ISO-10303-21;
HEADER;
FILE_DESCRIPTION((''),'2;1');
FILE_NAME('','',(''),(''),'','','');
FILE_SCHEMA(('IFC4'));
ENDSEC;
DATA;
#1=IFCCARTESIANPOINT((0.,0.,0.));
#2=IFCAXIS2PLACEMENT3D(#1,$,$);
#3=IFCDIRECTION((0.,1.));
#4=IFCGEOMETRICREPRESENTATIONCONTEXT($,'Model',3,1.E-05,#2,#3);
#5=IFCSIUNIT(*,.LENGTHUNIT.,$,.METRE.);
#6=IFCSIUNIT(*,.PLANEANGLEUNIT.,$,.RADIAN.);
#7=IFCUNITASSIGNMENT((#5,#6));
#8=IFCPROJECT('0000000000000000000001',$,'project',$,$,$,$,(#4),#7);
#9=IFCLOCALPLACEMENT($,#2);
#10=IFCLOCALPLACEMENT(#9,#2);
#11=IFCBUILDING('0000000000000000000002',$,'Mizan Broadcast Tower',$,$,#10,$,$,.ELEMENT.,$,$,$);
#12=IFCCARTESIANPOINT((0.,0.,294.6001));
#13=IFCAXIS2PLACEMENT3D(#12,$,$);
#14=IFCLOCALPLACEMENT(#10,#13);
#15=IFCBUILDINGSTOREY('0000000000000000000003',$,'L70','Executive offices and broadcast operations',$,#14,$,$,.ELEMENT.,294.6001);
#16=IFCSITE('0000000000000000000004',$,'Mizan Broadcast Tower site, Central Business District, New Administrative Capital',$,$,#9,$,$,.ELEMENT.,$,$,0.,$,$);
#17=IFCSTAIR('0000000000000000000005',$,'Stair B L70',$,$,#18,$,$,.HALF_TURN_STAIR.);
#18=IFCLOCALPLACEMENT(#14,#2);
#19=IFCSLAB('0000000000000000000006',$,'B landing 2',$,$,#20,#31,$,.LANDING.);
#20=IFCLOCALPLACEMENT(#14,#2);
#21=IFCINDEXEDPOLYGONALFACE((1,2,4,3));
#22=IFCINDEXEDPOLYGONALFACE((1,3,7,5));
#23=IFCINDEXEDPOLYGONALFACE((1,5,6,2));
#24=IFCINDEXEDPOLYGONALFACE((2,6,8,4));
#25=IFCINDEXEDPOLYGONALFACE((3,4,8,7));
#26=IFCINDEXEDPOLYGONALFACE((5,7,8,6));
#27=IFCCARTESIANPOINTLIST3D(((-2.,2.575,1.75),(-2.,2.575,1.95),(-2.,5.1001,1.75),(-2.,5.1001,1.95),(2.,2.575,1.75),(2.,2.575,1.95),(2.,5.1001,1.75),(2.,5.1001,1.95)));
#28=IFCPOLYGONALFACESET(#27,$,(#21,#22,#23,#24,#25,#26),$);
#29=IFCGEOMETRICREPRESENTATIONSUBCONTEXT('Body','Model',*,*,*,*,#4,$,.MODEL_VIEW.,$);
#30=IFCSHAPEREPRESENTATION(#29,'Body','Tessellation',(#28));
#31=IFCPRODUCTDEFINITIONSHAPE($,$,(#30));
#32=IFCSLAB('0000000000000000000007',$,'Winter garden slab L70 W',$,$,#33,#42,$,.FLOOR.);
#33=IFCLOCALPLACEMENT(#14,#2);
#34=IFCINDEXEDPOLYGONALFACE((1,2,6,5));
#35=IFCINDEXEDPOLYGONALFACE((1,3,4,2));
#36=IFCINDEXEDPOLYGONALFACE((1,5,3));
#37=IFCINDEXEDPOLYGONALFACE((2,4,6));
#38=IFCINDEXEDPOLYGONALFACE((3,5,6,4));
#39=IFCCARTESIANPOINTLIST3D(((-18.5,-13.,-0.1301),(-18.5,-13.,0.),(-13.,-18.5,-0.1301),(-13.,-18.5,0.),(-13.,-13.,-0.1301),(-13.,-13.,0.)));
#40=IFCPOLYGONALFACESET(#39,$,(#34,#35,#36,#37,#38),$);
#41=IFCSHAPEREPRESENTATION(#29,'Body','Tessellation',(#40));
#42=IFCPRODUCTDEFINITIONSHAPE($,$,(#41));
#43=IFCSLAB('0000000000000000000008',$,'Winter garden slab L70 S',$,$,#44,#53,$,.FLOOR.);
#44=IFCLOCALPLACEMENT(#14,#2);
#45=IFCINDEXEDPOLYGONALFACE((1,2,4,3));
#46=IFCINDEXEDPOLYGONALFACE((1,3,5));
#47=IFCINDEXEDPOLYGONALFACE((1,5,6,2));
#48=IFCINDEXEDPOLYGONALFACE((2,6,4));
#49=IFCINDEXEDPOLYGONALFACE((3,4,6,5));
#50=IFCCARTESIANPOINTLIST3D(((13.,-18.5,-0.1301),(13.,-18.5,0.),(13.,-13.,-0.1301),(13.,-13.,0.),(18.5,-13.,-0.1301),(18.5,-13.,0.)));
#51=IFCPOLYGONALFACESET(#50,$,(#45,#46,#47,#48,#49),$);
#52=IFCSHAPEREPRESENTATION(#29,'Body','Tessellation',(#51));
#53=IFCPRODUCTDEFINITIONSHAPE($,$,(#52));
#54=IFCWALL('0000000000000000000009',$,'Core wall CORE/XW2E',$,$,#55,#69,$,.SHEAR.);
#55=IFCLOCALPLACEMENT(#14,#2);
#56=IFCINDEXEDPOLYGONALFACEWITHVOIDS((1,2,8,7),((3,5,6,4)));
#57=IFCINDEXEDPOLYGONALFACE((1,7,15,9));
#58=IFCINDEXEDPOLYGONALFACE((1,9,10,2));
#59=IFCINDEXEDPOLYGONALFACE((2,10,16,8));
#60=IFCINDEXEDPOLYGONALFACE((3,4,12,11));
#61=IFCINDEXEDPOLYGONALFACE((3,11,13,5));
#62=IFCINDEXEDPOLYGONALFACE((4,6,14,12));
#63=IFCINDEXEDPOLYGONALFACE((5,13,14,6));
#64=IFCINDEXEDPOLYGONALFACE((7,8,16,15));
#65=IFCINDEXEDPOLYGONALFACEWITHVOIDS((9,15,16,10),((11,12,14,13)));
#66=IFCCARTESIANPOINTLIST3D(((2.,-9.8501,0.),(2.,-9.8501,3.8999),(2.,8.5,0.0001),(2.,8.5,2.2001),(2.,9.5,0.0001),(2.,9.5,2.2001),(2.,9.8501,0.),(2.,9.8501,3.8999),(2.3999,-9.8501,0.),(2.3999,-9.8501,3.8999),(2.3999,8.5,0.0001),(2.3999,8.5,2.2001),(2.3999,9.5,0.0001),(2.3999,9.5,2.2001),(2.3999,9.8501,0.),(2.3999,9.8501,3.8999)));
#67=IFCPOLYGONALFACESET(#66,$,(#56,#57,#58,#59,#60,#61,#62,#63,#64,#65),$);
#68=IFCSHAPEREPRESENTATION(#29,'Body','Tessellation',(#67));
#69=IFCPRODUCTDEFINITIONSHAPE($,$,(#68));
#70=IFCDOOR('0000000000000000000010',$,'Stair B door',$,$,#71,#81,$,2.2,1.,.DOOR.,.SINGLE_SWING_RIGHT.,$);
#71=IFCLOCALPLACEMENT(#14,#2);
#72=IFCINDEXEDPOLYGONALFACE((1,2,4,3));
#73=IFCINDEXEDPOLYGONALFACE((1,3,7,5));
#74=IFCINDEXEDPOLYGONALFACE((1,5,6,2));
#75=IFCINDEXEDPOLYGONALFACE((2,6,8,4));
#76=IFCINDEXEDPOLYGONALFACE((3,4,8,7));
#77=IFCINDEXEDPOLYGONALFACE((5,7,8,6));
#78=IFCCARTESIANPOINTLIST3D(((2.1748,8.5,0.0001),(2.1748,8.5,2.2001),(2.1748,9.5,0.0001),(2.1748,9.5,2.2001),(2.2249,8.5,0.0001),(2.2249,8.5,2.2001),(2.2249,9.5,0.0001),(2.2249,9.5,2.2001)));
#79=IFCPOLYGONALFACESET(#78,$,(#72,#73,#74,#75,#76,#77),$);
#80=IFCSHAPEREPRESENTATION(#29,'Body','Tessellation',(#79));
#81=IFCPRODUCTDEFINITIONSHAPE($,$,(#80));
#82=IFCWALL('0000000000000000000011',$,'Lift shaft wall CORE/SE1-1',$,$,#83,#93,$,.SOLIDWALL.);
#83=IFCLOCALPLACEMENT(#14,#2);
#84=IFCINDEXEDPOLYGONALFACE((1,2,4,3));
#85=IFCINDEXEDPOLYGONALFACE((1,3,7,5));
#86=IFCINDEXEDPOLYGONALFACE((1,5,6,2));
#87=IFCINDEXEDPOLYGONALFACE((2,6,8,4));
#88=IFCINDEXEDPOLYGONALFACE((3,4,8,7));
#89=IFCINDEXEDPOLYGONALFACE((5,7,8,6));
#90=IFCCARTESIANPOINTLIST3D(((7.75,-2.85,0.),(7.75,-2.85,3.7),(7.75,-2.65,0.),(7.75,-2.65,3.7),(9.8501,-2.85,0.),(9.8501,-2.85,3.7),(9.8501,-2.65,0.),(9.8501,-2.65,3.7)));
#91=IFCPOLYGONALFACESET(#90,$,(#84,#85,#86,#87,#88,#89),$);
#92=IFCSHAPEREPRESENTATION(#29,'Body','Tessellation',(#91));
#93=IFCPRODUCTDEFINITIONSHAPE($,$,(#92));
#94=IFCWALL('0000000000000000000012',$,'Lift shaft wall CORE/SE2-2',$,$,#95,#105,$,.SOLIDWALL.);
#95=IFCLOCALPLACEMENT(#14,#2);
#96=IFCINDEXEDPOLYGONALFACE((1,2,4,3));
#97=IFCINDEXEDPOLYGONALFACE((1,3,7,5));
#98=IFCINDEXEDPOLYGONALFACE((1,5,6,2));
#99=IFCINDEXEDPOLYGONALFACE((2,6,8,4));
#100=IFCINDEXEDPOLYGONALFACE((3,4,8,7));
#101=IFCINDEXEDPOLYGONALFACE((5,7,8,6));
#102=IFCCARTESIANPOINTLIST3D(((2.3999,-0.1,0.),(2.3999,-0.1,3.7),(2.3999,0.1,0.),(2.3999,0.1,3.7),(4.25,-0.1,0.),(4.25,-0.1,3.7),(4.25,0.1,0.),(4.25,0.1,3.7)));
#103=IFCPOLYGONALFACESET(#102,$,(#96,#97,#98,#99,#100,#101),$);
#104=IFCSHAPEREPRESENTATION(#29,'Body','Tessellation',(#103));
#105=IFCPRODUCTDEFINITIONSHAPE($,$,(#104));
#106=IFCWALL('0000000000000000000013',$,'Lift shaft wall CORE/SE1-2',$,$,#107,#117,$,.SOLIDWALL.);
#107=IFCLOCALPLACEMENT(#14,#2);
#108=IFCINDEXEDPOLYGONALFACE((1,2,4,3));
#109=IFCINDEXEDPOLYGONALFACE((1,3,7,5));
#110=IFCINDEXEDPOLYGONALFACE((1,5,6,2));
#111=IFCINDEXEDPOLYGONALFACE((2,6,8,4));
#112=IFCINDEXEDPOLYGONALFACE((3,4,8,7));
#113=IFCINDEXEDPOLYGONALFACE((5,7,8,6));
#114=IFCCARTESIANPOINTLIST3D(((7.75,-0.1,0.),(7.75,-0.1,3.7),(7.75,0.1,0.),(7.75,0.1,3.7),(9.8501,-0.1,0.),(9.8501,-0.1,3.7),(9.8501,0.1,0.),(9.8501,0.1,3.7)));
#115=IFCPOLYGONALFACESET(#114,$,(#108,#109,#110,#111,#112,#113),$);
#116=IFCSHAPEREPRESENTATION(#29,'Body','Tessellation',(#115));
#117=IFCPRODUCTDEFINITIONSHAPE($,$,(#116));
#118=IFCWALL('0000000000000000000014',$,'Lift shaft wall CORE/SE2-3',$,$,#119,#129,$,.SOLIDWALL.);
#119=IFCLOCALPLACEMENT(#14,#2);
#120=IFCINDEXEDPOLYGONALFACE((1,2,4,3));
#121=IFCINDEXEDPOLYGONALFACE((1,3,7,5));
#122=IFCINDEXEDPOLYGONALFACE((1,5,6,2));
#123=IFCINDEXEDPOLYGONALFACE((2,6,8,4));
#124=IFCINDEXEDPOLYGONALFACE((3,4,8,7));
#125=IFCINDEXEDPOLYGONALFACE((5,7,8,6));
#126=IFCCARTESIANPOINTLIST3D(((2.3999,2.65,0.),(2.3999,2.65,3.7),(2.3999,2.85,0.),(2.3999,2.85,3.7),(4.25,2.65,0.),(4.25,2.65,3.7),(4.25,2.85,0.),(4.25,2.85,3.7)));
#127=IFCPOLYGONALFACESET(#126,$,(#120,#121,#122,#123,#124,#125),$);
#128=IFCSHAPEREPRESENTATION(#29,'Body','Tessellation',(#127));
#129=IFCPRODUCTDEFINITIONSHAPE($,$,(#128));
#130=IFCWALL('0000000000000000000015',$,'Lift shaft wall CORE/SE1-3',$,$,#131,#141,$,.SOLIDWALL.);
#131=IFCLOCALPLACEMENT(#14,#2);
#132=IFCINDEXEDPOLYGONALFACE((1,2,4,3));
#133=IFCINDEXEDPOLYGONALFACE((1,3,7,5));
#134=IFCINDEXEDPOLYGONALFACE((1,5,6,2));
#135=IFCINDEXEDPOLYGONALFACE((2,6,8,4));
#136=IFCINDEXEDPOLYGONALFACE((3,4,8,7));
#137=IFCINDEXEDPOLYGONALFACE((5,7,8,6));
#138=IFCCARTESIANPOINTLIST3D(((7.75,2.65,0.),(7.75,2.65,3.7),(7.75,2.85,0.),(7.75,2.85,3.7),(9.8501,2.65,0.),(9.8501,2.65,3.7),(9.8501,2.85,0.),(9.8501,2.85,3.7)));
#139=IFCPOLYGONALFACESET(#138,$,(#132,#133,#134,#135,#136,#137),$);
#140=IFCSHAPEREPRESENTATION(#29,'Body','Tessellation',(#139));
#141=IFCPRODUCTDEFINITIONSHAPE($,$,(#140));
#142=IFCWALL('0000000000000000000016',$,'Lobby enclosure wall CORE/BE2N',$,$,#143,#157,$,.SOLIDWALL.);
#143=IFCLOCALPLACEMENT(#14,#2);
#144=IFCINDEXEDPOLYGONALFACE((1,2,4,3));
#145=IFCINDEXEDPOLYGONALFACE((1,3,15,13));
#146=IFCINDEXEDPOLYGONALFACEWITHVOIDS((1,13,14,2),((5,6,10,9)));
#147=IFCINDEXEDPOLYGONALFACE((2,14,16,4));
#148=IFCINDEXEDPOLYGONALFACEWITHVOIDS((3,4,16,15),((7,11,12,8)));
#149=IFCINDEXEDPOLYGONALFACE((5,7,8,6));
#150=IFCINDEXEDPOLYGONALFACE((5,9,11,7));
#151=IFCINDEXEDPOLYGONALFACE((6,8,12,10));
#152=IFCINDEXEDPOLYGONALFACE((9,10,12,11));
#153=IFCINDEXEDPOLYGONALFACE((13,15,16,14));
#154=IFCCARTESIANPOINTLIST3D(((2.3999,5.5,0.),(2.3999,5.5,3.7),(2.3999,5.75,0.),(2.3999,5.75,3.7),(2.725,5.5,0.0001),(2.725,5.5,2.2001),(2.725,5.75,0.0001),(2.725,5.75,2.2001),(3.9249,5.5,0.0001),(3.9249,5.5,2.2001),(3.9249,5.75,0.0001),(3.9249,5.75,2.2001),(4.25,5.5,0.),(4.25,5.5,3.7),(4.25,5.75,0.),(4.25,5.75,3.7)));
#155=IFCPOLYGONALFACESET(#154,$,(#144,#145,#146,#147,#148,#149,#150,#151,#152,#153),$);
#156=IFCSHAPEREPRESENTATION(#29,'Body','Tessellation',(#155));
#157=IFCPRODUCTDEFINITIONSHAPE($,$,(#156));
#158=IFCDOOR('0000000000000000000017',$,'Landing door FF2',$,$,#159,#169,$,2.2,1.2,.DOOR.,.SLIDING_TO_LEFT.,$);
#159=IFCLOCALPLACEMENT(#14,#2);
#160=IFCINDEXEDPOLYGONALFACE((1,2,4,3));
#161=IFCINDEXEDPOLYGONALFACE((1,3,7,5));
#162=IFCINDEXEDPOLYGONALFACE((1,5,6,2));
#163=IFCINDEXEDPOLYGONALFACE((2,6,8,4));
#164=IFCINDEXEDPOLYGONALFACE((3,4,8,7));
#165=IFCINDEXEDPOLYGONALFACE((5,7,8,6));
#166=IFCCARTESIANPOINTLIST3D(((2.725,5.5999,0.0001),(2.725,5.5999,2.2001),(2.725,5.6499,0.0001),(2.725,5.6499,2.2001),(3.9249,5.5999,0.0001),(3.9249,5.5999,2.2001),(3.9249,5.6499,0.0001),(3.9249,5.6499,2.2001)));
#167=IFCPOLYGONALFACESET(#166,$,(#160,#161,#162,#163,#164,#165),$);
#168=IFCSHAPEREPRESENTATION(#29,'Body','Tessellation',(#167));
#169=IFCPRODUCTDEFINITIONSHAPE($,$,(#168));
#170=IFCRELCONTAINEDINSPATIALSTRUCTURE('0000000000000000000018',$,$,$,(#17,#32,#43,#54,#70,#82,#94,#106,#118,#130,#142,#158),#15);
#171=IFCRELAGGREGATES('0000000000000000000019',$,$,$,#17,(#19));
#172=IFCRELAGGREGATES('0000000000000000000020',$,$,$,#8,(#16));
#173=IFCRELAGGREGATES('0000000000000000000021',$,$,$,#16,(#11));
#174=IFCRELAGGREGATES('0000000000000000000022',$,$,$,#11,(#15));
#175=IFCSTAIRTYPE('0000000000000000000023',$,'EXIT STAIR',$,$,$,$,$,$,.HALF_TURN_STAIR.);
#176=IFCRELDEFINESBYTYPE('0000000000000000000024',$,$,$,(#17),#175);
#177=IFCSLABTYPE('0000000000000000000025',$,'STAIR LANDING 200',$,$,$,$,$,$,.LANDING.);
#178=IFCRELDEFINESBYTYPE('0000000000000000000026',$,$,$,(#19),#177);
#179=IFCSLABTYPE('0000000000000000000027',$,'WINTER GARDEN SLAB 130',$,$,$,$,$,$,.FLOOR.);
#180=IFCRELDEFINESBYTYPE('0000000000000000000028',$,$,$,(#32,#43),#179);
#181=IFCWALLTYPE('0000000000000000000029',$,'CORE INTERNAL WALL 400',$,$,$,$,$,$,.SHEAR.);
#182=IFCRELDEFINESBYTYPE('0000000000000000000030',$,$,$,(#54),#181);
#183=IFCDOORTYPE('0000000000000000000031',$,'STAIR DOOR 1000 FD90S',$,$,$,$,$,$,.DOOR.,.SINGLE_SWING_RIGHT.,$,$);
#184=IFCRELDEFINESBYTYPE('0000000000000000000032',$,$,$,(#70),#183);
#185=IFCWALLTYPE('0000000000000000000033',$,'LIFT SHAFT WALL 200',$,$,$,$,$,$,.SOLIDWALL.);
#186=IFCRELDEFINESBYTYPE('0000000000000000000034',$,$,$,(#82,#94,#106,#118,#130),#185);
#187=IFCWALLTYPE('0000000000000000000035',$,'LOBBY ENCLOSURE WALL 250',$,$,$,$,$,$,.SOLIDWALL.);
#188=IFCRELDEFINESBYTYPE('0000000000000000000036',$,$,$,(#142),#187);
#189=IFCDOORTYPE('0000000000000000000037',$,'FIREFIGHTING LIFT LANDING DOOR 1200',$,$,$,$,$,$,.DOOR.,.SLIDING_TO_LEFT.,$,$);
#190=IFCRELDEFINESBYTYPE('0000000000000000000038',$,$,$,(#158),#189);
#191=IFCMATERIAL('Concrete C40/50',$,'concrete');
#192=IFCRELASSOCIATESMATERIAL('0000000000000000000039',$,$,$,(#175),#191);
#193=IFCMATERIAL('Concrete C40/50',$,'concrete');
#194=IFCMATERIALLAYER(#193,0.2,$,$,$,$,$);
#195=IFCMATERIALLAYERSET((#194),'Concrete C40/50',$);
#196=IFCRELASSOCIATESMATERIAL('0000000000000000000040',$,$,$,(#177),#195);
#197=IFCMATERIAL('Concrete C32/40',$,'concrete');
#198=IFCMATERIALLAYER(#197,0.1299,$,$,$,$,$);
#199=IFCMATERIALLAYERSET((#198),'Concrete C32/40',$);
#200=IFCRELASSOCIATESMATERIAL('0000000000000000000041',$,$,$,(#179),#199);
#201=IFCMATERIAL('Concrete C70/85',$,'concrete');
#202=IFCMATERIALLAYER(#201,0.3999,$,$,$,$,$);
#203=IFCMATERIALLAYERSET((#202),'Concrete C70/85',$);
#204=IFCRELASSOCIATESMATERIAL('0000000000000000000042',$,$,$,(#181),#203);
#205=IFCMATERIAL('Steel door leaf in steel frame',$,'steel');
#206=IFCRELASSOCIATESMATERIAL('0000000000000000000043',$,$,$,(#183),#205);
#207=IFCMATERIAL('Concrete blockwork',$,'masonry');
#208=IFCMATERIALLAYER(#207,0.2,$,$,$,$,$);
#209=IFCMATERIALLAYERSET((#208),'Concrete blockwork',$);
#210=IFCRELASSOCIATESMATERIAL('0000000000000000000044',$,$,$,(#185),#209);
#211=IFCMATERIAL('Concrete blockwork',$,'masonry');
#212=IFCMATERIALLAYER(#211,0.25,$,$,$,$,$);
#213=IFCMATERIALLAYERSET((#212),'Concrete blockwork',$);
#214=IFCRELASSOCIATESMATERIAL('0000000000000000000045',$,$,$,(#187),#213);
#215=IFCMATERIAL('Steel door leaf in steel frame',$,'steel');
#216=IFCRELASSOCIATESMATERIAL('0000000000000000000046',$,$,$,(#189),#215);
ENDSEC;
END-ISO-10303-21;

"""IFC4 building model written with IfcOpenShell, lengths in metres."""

from ifc_helpers import new_model, si_unit, direction, frame, frame_2d, origin, place, context, subcontext, project, spatial, polyline, rectangle, outline, extrude, material, layer, layer_set, type_object, element, fill, aggregate, save


model = new_model("IFC4")

# Units and contexts
model_context = context("Model", 3, precision=1e-05, world=origin(), true_north=direction((0.0, 1.0)))
body_context = subcontext(model_context, "Body", "Model", "MODEL_VIEW")
ifc_project = project(units=[si_unit("LENGTHUNIT", "METRE"), si_unit("PLANEANGLEUNIT", "RADIAN")], contexts=[model_context])

# Site, building, storey
site_placement = place(None, origin())
site = spatial("IfcSite", under=ifc_project, at=site_placement, Name="Mizan Broadcast Tower site, Central Business District, New Administrative Capital", CompositionType="ELEMENT", RefElevation=0.0)
building_placement = place(site_placement, origin())
building = spatial("IfcBuilding", under=site, at=building_placement, Name="Mizan Broadcast Tower", CompositionType="ELEMENT")
storey_placement = place(building_placement, frame((0.0, 0.0, 294.6001)))
storey = spatial("IfcBuildingStorey", under=building, at=storey_placement, Name="L70", Description="Executive offices and broadcast operations", CompositionType="ELEMENT", Elevation=294.6001)

# Stair, slab
ifc_material_1 = material(Name="Concrete C40/50", Category="concrete")
stair_type = type_object("IfcStairType", Name="EXIT STAIR", PredefinedType="HALF_TURN_STAIR", material=ifc_material_1)
ifc_material_2 = material(Name="Concrete C40/50", Category="concrete")
ifc_layer_1 = layer(ifc_material_2, 0.2)
ifc_layer_set_1 = layer_set([ifc_layer_1], Name="Concrete C40/50")
slab_type_1 = type_object("IfcSlabType", Name="STAIR LANDING 200", PredefinedType="LANDING", material=ifc_layer_set_1)
stair_1_placement = place(storey_placement, origin())
stair_1 = element("IfcStair", 1, at=stair_1_placement, inside=storey, type_object=stair_type, Name="Stair B L70", PredefinedType="HALF_TURN_STAIR")
slab_1_placement = place(storey_placement, frame((0.0, 0.0, 1.75)))
slab_1 = element("IfcSlab", 2, at=slab_1_placement, type_object=slab_type_1, Name="B landing 2", PredefinedType="LANDING", context=body_context, shape_type="SweptSolid", body=[
    extrude(outline(polyline([(2.0, 5.1001), (2.0, 2.575), (-2.0, 2.575), (-2.0, 5.1001), (2.0, 5.1001)])), origin(), (0.0, 0.0, 1.0), 0.2),
])

# Slabs
ifc_material_3 = material(Name="Concrete C32/40", Category="concrete")
ifc_layer_2 = layer(ifc_material_3, 0.1299)
ifc_layer_set_2 = layer_set([ifc_layer_2], Name="Concrete C32/40")
slab_type_2 = type_object("IfcSlabType", Name="WINTER GARDEN SLAB 130", PredefinedType="FLOOR", material=ifc_layer_set_2)
slab_2_placement = place(storey_placement, frame((0.0, 0.0, -0.1301)))
element("IfcSlab", 3, at=slab_2_placement, inside=storey, type_object=slab_type_2, Name="Winter garden slab L70 W", PredefinedType="FLOOR", context=body_context, shape_type="SweptSolid", body=[
    extrude(outline(polyline([(-13.0, -13.0), (-18.5, -13.0), (-13.0, -18.5), (-13.0, -13.0)])), origin(), (0.0, 0.0, 1.0), 0.1301),
])
slab_3_placement = place(storey_placement, frame((0.0, 0.0, -0.1301)))
element("IfcSlab", 4, at=slab_3_placement, inside=storey, type_object=slab_type_2, Name="Winter garden slab L70 S", PredefinedType="FLOOR", context=body_context, shape_type="SweptSolid", body=[
    extrude(outline(polyline([(13.0, -13.0), (13.0, -18.5), (18.5, -13.0), (13.0, -13.0)])), origin(), (0.0, 0.0, 1.0), 0.1301),
])

# Wall, opening, door
ifc_material_4 = material(Name="Concrete C70/85", Category="concrete")
ifc_layer_3 = layer(ifc_material_4, 0.3999)
ifc_layer_set_3 = layer_set([ifc_layer_3], Name="Concrete C70/85")
wall_type_1 = type_object("IfcWallType", Name="CORE INTERNAL WALL 400", PredefinedType="SHEAR", material=ifc_layer_set_3)
wall_1_placement = place(storey_placement, frame((2.2, 9.8501, 0.0), z_axis=(0.0, 0.0, 1.0), x_axis=(0.0, -1.0, 0.0)))
wall_1 = element("IfcWall", 5, at=wall_1_placement, inside=storey, type_object=wall_type_1, Name="Core wall CORE/XW2E", PredefinedType="SHEAR", context=body_context, shape_type="SweptSolid", body=[
    extrude(rectangle(XDim=19.7002, YDim=0.3999, at=frame_2d((9.8501, 0.0))), origin(), (0.0, 0.0, 1.0), 3.8999),
])
opening_1_placement = place(wall_1_placement, frame((0.3501, 0.0, 0.0)))
opening_1 = element("IfcOpeningElement", 6, at=opening_1_placement, cuts=wall_1, PredefinedType="OPENING", context=body_context, shape_type="SweptSolid", body=[
    extrude(rectangle(XDim=1.0, YDim=2.2, at=frame_2d((0.5, 1.1001))), frame((0.0, 0.21, 0.0), z_axis=(0.0, -1.0, 0.0), x_axis=(1.0, 0.0, 0.0)), (0.0, 0.0, 1.0), 0.4199),
])
ifc_material_5 = material(Name="Steel door leaf in steel frame", Category="steel")
door_type_1 = type_object("IfcDoorType", Name="STAIR DOOR 1000 FD90S", OperationType="SINGLE_SWING_RIGHT", PredefinedType="DOOR", material=ifc_material_5)
door_1_placement = place(opening_1_placement, origin())
door_1 = element("IfcDoor", 7, at=door_1_placement, inside=storey, type_object=door_type_1, Name="Stair B door", OperationType="SINGLE_SWING_RIGHT", OverallHeight=2.2, OverallWidth=1.0, PredefinedType="DOOR", context=body_context, shape_type="SweptSolid", body=[
    extrude(rectangle(XDim=1.0, YDim=2.2, at=frame_2d((0.5, 1.1001))), frame((0.0, 0.0249, 0.0), z_axis=(0.0, -1.0, 0.0), x_axis=(1.0, 0.0, 0.0)), (0.0, 0.0, 1.0), 0.05),
])
fill(opening_1, door_1)

# Walls
ifc_material_6 = material(Name="Concrete blockwork", Category="masonry")
ifc_layer_4 = layer(ifc_material_6, 0.2)
ifc_layer_set_4 = layer_set([ifc_layer_4], Name="Concrete blockwork")
wall_type_2 = type_object("IfcWallType", Name="LIFT SHAFT WALL 200", PredefinedType="SOLIDWALL", material=ifc_layer_set_4)
wall_2_placement = place(storey_placement, frame((7.75, -2.75, 0.0), z_axis=(0.0, 0.0, 1.0), x_axis=(1.0, 0.0, 0.0)))
element("IfcWall", 8, at=wall_2_placement, inside=storey, type_object=wall_type_2, Name="Lift shaft wall CORE/SE1-1", PredefinedType="SOLIDWALL", context=body_context, shape_type="SweptSolid", body=[
    extrude(rectangle(XDim=2.1001, YDim=0.2, at=frame_2d((1.05, 0.0))), origin(), (0.0, 0.0, 1.0), 3.7),
])
wall_3_placement = place(storey_placement, frame((2.3999, 0.0, 0.0), z_axis=(0.0, 0.0, 1.0), x_axis=(1.0, 0.0, 0.0)))
element("IfcWall", 9, at=wall_3_placement, inside=storey, type_object=wall_type_2, Name="Lift shaft wall CORE/SE2-2", PredefinedType="SOLIDWALL", context=body_context, shape_type="SweptSolid", body=[
    extrude(rectangle(XDim=1.8501, YDim=0.2, at=frame_2d((0.925, 0.0))), origin(), (0.0, 0.0, 1.0), 3.7),
])
wall_4_placement = place(storey_placement, frame((7.75, 0.0, 0.0), z_axis=(0.0, 0.0, 1.0), x_axis=(1.0, 0.0, 0.0)))
element("IfcWall", 10, at=wall_4_placement, inside=storey, type_object=wall_type_2, Name="Lift shaft wall CORE/SE1-2", PredefinedType="SOLIDWALL", context=body_context, shape_type="SweptSolid", body=[
    extrude(rectangle(XDim=2.1001, YDim=0.2, at=frame_2d((1.05, 0.0))), origin(), (0.0, 0.0, 1.0), 3.7),
])
wall_5_placement = place(storey_placement, frame((2.3999, 2.75, 0.0), z_axis=(0.0, 0.0, 1.0), x_axis=(1.0, 0.0, 0.0)))
element("IfcWall", 11, at=wall_5_placement, inside=storey, type_object=wall_type_2, Name="Lift shaft wall CORE/SE2-3", PredefinedType="SOLIDWALL", context=body_context, shape_type="SweptSolid", body=[
    extrude(rectangle(XDim=1.8501, YDim=0.2, at=frame_2d((0.925, 0.0))), origin(), (0.0, 0.0, 1.0), 3.7),
])
wall_6_placement = place(storey_placement, frame((7.75, 2.75, 0.0), z_axis=(0.0, 0.0, 1.0), x_axis=(1.0, 0.0, 0.0)))
element("IfcWall", 12, at=wall_6_placement, inside=storey, type_object=wall_type_2, Name="Lift shaft wall CORE/SE1-3", PredefinedType="SOLIDWALL", context=body_context, shape_type="SweptSolid", body=[
    extrude(rectangle(XDim=2.1001, YDim=0.2, at=frame_2d((1.05, 0.0))), origin(), (0.0, 0.0, 1.0), 3.7),
])

# Wall, opening, door
ifc_material_7 = material(Name="Concrete blockwork", Category="masonry")
ifc_layer_5 = layer(ifc_material_7, 0.25)
ifc_layer_set_5 = layer_set([ifc_layer_5], Name="Concrete blockwork")
wall_type_3 = type_object("IfcWallType", Name="LOBBY ENCLOSURE WALL 250", PredefinedType="SOLIDWALL", material=ifc_layer_set_5)
wall_7_placement = place(storey_placement, frame((2.3999, 5.625, 0.0), z_axis=(0.0, 0.0, 1.0), x_axis=(1.0, 0.0, 0.0)))
wall_7 = element("IfcWall", 13, at=wall_7_placement, inside=storey, type_object=wall_type_3, Name="Lobby enclosure wall CORE/BE2N", PredefinedType="SOLIDWALL", context=body_context, shape_type="SweptSolid", body=[
    extrude(rectangle(XDim=1.8501, YDim=0.25, at=frame_2d((0.925, 0.0))), origin(), (0.0, 0.0, 1.0), 3.7),
])
opening_2_placement = place(wall_7_placement, frame((0.325, 0.0, 0.0)))
opening_2 = element("IfcOpeningElement", 14, at=opening_2_placement, cuts=wall_7, PredefinedType="OPENING", context=body_context, shape_type="SweptSolid", body=[
    extrude(rectangle(XDim=1.2, YDim=2.2, at=frame_2d((0.6001, 1.1001))), frame((0.0, 0.135, 0.0), z_axis=(0.0, -1.0, 0.0), x_axis=(1.0, 0.0, 0.0)), (0.0, 0.0, 1.0), 0.27),
])
ifc_material_8 = material(Name="Steel door leaf in steel frame", Category="steel")
door_type_2 = type_object("IfcDoorType", Name="FIREFIGHTING LIFT LANDING DOOR 1200", OperationType="SLIDING_TO_LEFT", PredefinedType="DOOR", material=ifc_material_8)
door_2_placement = place(opening_2_placement, origin())
door_2 = element("IfcDoor", 15, at=door_2_placement, inside=storey, type_object=door_type_2, Name="Landing door FF2", OperationType="SLIDING_TO_LEFT", OverallHeight=2.2, OverallWidth=1.2, PredefinedType="DOOR", context=body_context, shape_type="SweptSolid", body=[
    extrude(rectangle(XDim=1.2, YDim=2.2, at=frame_2d((0.6001, 1.1001))), frame((0.0, 0.0249, 0.0), z_axis=(0.0, -1.0, 0.0), x_axis=(1.0, 0.0, 0.0)), (0.0, 0.0, 1.0), 0.05),
])
fill(opening_2, door_2)

aggregate(stair_1, [slab_1])

save(model, "model.ifc")
